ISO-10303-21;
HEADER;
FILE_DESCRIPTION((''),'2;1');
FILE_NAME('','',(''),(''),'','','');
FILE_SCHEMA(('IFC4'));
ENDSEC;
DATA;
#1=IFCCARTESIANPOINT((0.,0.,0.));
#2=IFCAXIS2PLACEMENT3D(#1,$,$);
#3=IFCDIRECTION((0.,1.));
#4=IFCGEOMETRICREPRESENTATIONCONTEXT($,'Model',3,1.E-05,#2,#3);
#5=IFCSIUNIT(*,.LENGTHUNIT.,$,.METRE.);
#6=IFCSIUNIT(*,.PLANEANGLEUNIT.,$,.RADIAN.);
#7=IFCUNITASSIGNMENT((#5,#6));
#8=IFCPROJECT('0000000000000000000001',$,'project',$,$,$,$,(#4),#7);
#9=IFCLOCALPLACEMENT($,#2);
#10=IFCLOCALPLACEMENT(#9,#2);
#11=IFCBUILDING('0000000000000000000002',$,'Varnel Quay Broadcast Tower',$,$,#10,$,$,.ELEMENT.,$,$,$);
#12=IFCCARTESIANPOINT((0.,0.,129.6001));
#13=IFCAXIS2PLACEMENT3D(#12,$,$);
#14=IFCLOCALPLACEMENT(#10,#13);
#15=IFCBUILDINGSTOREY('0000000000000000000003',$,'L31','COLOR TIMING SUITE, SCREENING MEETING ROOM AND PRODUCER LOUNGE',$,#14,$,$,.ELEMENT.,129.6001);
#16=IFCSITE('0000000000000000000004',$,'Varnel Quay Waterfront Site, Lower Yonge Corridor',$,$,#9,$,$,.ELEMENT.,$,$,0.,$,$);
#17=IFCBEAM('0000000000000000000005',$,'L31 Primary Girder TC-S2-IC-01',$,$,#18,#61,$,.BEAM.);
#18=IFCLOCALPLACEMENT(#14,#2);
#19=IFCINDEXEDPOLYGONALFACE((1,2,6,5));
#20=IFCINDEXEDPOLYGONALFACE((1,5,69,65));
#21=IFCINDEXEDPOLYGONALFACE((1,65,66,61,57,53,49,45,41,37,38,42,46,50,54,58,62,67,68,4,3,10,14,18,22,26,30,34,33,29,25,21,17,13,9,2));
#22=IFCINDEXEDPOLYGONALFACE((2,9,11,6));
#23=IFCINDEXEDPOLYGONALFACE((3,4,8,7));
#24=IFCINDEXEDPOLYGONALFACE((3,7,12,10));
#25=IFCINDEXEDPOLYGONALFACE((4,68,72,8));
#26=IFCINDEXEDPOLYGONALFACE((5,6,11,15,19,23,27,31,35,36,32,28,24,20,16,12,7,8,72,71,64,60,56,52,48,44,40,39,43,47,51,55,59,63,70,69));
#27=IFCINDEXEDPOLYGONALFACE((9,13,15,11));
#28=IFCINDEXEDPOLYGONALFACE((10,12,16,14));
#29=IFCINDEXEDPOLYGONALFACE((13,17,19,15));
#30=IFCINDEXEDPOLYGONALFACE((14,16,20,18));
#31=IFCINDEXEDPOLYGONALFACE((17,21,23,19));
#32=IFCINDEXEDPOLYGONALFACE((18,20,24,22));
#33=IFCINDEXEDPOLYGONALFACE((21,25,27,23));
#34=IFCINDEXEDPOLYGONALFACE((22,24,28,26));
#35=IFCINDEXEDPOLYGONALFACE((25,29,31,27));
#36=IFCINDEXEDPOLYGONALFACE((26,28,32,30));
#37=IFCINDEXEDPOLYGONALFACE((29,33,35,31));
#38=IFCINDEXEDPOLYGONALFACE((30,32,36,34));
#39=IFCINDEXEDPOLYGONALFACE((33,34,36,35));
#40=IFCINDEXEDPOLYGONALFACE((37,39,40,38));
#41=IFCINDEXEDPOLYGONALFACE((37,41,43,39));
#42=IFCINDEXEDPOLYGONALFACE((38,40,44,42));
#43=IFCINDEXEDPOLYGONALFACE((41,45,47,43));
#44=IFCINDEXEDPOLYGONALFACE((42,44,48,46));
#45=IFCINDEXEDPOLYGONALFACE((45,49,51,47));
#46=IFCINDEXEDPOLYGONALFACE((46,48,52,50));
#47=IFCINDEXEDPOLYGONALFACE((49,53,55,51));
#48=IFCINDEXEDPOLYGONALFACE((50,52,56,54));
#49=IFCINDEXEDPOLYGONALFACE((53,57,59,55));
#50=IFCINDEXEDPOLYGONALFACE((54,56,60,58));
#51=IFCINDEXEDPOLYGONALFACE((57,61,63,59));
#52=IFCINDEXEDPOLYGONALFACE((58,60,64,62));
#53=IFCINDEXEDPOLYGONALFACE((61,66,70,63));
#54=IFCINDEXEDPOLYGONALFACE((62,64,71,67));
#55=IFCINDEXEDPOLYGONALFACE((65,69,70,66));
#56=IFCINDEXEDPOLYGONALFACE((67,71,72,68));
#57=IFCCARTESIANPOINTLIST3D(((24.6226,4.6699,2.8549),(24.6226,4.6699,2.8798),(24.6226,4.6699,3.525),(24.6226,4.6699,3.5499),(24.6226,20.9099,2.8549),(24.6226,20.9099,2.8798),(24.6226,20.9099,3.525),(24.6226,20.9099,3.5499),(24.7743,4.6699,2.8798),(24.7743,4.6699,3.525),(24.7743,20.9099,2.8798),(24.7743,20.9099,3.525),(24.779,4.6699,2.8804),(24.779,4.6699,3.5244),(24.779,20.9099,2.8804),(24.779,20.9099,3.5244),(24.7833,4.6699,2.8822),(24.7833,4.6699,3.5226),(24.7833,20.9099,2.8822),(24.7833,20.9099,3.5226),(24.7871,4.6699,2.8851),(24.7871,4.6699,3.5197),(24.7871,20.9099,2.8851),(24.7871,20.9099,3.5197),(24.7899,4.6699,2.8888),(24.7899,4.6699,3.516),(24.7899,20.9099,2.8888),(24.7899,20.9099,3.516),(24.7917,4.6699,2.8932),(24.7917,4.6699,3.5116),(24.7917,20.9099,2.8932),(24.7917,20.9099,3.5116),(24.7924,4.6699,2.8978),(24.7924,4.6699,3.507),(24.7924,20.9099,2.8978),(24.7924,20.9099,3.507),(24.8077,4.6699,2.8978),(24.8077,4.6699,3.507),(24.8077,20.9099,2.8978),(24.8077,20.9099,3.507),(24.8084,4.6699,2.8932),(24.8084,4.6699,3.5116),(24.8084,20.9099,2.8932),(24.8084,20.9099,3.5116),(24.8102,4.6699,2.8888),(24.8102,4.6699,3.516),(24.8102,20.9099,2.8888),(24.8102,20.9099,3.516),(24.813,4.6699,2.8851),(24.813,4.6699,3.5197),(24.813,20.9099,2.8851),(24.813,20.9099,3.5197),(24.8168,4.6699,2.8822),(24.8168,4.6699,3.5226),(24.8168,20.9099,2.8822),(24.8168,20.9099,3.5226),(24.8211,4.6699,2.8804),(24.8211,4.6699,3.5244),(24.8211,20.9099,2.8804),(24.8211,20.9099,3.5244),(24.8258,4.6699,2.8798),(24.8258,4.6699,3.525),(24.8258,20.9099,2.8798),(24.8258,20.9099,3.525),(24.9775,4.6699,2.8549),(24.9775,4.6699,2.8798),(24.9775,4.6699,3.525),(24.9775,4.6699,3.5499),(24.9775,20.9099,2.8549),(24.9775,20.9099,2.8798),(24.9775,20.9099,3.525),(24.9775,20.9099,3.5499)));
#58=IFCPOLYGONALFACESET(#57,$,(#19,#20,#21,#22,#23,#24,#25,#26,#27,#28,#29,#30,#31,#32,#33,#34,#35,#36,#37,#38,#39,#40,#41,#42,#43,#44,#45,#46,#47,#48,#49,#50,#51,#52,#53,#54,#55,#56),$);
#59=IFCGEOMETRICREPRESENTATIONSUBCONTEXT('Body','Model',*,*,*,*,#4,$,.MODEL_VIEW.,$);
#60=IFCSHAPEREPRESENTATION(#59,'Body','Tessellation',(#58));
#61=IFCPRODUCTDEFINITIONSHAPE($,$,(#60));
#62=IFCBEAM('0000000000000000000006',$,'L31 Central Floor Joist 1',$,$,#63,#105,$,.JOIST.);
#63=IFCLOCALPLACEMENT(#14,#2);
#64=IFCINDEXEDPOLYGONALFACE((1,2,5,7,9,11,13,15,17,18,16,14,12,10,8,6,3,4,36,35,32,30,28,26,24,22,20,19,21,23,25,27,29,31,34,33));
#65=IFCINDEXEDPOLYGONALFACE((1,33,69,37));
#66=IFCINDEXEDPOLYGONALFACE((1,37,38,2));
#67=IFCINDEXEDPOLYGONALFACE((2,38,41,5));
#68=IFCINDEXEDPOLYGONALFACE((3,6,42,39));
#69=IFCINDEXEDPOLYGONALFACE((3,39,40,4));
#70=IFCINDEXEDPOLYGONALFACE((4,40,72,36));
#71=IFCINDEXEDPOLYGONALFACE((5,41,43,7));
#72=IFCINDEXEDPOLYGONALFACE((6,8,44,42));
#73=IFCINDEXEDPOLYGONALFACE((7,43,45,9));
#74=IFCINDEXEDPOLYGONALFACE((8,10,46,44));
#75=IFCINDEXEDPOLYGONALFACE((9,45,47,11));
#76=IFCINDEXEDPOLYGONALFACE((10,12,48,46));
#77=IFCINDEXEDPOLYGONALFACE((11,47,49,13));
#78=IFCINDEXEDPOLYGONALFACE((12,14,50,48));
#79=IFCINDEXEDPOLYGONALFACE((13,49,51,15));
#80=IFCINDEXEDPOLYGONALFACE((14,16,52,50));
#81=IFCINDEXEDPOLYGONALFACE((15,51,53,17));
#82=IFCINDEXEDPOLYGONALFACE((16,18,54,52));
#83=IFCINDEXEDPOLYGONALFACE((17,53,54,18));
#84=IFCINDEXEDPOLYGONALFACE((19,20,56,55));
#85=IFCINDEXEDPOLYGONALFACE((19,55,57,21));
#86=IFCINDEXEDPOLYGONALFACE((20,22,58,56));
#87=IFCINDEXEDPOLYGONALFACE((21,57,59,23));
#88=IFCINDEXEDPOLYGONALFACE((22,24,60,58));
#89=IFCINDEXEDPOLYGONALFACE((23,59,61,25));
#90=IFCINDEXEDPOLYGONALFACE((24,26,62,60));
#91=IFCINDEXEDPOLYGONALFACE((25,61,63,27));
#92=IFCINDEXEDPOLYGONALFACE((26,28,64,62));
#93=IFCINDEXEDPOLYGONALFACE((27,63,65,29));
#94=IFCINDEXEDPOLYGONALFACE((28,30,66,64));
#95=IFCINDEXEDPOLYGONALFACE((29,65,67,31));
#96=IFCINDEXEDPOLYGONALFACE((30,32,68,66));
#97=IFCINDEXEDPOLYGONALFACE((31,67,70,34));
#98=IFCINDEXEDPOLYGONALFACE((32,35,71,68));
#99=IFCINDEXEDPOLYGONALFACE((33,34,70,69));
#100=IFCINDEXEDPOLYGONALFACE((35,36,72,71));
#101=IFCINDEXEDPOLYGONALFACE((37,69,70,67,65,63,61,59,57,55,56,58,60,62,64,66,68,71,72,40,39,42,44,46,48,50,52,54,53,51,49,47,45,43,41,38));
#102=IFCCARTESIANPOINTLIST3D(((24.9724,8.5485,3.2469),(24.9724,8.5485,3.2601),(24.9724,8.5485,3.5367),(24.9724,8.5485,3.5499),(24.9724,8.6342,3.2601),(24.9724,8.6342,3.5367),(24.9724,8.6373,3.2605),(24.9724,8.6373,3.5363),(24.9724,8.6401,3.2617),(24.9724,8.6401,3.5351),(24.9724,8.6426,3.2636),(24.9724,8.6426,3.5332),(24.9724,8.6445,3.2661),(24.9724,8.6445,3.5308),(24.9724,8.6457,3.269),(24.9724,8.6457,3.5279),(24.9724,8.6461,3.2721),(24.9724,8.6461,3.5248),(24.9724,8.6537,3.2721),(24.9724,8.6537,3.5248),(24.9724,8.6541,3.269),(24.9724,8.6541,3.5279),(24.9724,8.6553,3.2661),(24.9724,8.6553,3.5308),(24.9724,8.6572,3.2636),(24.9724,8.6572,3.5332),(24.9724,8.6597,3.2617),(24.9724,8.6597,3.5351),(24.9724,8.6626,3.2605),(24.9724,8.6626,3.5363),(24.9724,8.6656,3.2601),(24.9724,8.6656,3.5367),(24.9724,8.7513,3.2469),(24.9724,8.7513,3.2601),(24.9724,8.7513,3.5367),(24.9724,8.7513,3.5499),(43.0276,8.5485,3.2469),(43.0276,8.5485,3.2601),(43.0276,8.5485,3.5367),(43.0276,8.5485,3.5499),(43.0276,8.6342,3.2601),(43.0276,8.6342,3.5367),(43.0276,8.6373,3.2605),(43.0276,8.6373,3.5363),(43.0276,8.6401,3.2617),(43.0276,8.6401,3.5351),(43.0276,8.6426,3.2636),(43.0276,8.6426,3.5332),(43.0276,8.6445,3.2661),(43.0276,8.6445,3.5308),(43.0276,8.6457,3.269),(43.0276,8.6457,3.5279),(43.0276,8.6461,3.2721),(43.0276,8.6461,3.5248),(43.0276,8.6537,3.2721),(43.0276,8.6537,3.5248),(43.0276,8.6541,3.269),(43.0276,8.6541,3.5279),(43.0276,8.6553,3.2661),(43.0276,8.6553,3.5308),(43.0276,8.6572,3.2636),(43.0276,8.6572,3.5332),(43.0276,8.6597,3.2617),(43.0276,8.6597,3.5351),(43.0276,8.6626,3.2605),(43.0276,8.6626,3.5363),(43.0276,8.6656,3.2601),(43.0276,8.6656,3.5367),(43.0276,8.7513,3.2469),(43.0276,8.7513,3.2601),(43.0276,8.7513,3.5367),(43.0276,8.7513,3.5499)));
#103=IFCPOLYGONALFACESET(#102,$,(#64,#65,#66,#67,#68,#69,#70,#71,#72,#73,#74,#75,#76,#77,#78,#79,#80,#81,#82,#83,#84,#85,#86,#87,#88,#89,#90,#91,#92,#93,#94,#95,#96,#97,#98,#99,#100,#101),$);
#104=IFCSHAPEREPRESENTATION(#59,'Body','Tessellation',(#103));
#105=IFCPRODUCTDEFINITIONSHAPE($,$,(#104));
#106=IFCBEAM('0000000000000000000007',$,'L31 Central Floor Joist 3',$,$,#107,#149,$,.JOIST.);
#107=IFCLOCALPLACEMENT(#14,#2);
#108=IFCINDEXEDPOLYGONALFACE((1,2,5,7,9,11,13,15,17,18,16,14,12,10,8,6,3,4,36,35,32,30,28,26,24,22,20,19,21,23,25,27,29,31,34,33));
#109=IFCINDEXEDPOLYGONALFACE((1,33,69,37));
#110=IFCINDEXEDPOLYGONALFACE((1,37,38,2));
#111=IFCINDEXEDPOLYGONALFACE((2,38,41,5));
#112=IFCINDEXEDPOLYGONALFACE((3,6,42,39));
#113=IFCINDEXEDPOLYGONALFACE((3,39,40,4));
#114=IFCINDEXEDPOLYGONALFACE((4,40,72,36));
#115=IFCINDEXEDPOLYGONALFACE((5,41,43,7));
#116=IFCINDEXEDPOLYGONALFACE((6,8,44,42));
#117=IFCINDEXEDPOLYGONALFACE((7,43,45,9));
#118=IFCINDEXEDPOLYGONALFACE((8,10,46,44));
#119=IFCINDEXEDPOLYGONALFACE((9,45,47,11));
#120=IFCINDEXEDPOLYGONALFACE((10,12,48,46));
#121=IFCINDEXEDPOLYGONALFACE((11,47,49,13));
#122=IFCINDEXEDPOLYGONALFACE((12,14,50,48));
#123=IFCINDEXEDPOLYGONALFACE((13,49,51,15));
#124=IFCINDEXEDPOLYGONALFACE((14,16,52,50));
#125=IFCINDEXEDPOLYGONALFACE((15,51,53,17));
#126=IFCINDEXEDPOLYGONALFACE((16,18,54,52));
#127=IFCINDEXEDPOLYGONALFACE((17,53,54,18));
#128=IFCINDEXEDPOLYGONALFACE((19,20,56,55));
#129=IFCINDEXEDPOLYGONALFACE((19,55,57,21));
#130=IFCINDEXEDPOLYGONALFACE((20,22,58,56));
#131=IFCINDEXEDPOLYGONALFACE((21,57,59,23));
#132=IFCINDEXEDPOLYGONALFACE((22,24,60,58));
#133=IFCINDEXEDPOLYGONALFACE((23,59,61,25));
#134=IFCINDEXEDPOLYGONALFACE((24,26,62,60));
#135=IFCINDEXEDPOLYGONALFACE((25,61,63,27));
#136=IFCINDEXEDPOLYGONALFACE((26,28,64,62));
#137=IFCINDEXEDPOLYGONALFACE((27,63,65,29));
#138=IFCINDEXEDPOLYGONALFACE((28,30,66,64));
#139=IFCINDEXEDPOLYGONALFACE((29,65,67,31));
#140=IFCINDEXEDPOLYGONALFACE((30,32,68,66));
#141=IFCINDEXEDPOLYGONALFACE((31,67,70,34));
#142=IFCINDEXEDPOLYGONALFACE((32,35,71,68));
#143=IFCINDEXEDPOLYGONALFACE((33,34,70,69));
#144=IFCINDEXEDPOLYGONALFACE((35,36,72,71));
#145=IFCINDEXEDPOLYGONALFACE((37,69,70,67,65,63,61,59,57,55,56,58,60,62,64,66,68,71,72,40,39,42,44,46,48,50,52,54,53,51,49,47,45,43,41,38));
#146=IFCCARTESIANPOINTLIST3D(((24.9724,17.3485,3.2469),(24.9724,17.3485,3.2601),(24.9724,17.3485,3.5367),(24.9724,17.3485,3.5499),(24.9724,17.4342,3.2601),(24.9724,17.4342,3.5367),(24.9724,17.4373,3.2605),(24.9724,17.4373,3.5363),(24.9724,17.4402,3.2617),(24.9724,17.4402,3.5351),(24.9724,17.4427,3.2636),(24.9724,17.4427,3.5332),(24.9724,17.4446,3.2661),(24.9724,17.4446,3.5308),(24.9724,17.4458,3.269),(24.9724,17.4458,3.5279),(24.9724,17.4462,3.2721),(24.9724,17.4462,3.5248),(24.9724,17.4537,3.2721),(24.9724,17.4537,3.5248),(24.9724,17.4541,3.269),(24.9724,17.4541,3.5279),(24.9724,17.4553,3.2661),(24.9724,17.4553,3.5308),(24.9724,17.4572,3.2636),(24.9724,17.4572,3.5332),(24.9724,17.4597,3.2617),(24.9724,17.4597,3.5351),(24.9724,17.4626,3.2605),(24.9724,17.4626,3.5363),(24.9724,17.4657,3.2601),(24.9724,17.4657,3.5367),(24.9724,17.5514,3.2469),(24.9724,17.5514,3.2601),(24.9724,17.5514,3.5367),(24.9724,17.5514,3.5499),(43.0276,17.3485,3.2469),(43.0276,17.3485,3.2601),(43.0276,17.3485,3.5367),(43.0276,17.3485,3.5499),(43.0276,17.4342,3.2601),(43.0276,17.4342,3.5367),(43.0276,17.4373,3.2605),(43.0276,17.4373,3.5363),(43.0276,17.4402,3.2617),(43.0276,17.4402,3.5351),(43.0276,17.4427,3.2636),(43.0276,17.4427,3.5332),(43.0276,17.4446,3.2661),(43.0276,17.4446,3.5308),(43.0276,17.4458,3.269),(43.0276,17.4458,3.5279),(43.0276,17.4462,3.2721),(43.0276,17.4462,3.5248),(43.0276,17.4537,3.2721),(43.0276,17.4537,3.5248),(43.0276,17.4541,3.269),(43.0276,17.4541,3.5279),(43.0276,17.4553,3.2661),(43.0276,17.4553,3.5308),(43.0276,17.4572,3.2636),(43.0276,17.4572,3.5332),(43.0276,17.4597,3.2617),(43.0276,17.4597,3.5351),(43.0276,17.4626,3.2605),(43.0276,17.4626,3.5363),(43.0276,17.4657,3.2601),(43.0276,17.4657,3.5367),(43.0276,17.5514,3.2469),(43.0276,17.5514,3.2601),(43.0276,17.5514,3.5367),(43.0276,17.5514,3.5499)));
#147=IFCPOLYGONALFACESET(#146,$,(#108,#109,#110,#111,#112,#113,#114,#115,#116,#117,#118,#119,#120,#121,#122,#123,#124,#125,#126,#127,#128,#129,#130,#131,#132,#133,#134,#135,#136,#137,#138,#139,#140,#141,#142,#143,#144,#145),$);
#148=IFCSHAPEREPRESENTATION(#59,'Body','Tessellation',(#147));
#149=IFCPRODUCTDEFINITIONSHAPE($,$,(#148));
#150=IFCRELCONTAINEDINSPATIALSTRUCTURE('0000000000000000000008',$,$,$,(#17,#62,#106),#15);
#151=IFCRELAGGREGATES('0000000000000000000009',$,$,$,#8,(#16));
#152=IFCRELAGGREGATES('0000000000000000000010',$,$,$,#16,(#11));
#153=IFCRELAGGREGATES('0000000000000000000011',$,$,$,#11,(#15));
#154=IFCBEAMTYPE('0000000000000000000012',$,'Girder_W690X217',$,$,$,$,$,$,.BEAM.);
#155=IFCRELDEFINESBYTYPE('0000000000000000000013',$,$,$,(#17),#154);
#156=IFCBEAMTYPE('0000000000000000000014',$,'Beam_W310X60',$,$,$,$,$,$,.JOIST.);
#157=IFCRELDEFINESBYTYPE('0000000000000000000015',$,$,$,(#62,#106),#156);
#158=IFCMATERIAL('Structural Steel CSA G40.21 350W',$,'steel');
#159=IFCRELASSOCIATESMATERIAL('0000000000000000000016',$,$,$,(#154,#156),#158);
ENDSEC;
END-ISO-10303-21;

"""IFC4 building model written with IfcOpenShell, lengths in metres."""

from ifc_helpers import new_model, si_unit, direction, frame, origin, origin_2d, place, context, subcontext, project, spatial, i_section, extrude, source, transform, mapped, material, material_profile, profile_set, type_object, type_shapes, element, save


model = new_model("IFC4")

# Units and contexts
model_context = context("Model", 3, precision=1e-05, world=origin(), true_north=direction((0.0, 1.0)))
body_context = subcontext(model_context, "Body", "Model", "MODEL_VIEW")
ifc_project = project(units=[si_unit("LENGTHUNIT", "METRE"), si_unit("PLANEANGLEUNIT", "RADIAN")], contexts=[model_context])

# Site, building, storey
site_placement = place(None, origin())
site = spatial("IfcSite", under=ifc_project, at=site_placement, Name="Varnel Quay Waterfront Site, Lower Yonge Corridor", CompositionType="ELEMENT", RefElevation=0.0)
building_placement = place(site_placement, origin())
building = spatial("IfcBuilding", under=site, at=building_placement, Name="Varnel Quay Broadcast Tower", CompositionType="ELEMENT")
storey_placement = place(building_placement, frame((0.0, 0.0, 129.6001)))
storey = spatial("IfcBuildingStorey", under=building, at=storey_placement, Name="L31", Description="COLOR TIMING SUITE, SCREENING MEETING ROOM AND PRODUCER LOUNGE", CompositionType="ELEMENT", Elevation=129.6001)

# Shared definitions
ifc_material_1 = material(Name="Structural Steel CSA G40.21 350W", Category="steel")

# Beams
ifc_material_profile_1 = material_profile(ifc_material_1, i_section(OverallWidth=0.355, OverallDepth=0.6951, WebThickness=0.0154, FlangeThickness=0.0249, FilletRadius=0.0181, at=origin_2d()), Name="W690X217")
ifc_profile_set_1 = profile_set([ifc_material_profile_1], Name="Structural Steel CSA G40.21 350W")
beam_type_1 = type_object("IfcBeamType", Name="Girder_W690X217", PredefinedType="BEAM", material=ifc_profile_set_1)
shared_shape_1 = source(origin(), body_context, "Body", "SweptSolid", [
    extrude(i_section(OverallWidth=0.355, OverallDepth=0.6951, WebThickness=0.0154, FlangeThickness=0.0249, FilletRadius=0.0181, at=origin_2d()), origin(), (0.0, 0.0, 1.0), 16.24),
])
type_shapes(beam_type_1, [shared_shape_1])
beam_1_placement = place(storey_placement, frame((24.8, 4.6699, 3.2024), z_axis=(0.0, 1.0, 0.0), x_axis=(-1.0, 0.0, 0.0)))
element("IfcBeam", 1, at=beam_1_placement, inside=storey, type_object=beam_type_1, Name="L31 Primary Girder TC-S2-IC-01", PredefinedType="BEAM", context=body_context, shape_type="MappedRepresentation", body=[
    mapped(shared_shape_1, transform((0.0, 0.0, 0.0), x_axis=(1.0, 0.0, 0.0), y_axis=(0.0, 1.0, 0.0), z_axis=(0.0, 0.0, 1.0), scale=1.0)),
])
ifc_material_profile_2 = material_profile(ifc_material_1, i_section(OverallWidth=0.2029, OverallDepth=0.303, WebThickness=0.0076, FlangeThickness=0.0132, FilletRadius=0.012, at=origin_2d()), Name="W310X60")
ifc_profile_set_2 = profile_set([ifc_material_profile_2], Name="Structural Steel CSA G40.21 350W")
beam_type_2 = type_object("IfcBeamType", Name="Beam_W310X60", PredefinedType="JOIST", material=ifc_profile_set_2)
shared_shape_2 = source(origin(), body_context, "Body", "SweptSolid", [
    extrude(i_section(OverallWidth=0.2029, OverallDepth=0.303, WebThickness=0.0076, FlangeThickness=0.0132, FilletRadius=0.012, at=origin_2d()), origin(), (0.0, 0.0, 1.0), 18.0552),
])
type_shapes(beam_type_2, [shared_shape_2])
for number, where, z_axis, x_axis, name in (
    (2, (24.9724, 8.6499, 3.3984), (1.0, 0.0, 0.0), (0.0, 1.0, 0.0), "L31 Central Floor Joist 1"),
    (3, (24.9724, 17.45, 3.3984), (1.0, 0.0, 0.0), (0.0, 1.0, 0.0), "L31 Central Floor Joist 3"),
):
    element("IfcBeam", number, at=place(storey_placement, frame(where, z_axis=z_axis, x_axis=x_axis)), inside=storey, type_object=beam_type_2, Name=name, PredefinedType="JOIST", context=body_context, shape_type="MappedRepresentation", body=[
        mapped(shared_shape_2, transform((0.0, 0.0, 0.0), x_axis=(1.0, 0.0, 0.0), y_axis=(0.0, 1.0, 0.0), z_axis=(0.0, 0.0, 1.0), scale=1.0)),
    ])

save(model, "model.ifc")
